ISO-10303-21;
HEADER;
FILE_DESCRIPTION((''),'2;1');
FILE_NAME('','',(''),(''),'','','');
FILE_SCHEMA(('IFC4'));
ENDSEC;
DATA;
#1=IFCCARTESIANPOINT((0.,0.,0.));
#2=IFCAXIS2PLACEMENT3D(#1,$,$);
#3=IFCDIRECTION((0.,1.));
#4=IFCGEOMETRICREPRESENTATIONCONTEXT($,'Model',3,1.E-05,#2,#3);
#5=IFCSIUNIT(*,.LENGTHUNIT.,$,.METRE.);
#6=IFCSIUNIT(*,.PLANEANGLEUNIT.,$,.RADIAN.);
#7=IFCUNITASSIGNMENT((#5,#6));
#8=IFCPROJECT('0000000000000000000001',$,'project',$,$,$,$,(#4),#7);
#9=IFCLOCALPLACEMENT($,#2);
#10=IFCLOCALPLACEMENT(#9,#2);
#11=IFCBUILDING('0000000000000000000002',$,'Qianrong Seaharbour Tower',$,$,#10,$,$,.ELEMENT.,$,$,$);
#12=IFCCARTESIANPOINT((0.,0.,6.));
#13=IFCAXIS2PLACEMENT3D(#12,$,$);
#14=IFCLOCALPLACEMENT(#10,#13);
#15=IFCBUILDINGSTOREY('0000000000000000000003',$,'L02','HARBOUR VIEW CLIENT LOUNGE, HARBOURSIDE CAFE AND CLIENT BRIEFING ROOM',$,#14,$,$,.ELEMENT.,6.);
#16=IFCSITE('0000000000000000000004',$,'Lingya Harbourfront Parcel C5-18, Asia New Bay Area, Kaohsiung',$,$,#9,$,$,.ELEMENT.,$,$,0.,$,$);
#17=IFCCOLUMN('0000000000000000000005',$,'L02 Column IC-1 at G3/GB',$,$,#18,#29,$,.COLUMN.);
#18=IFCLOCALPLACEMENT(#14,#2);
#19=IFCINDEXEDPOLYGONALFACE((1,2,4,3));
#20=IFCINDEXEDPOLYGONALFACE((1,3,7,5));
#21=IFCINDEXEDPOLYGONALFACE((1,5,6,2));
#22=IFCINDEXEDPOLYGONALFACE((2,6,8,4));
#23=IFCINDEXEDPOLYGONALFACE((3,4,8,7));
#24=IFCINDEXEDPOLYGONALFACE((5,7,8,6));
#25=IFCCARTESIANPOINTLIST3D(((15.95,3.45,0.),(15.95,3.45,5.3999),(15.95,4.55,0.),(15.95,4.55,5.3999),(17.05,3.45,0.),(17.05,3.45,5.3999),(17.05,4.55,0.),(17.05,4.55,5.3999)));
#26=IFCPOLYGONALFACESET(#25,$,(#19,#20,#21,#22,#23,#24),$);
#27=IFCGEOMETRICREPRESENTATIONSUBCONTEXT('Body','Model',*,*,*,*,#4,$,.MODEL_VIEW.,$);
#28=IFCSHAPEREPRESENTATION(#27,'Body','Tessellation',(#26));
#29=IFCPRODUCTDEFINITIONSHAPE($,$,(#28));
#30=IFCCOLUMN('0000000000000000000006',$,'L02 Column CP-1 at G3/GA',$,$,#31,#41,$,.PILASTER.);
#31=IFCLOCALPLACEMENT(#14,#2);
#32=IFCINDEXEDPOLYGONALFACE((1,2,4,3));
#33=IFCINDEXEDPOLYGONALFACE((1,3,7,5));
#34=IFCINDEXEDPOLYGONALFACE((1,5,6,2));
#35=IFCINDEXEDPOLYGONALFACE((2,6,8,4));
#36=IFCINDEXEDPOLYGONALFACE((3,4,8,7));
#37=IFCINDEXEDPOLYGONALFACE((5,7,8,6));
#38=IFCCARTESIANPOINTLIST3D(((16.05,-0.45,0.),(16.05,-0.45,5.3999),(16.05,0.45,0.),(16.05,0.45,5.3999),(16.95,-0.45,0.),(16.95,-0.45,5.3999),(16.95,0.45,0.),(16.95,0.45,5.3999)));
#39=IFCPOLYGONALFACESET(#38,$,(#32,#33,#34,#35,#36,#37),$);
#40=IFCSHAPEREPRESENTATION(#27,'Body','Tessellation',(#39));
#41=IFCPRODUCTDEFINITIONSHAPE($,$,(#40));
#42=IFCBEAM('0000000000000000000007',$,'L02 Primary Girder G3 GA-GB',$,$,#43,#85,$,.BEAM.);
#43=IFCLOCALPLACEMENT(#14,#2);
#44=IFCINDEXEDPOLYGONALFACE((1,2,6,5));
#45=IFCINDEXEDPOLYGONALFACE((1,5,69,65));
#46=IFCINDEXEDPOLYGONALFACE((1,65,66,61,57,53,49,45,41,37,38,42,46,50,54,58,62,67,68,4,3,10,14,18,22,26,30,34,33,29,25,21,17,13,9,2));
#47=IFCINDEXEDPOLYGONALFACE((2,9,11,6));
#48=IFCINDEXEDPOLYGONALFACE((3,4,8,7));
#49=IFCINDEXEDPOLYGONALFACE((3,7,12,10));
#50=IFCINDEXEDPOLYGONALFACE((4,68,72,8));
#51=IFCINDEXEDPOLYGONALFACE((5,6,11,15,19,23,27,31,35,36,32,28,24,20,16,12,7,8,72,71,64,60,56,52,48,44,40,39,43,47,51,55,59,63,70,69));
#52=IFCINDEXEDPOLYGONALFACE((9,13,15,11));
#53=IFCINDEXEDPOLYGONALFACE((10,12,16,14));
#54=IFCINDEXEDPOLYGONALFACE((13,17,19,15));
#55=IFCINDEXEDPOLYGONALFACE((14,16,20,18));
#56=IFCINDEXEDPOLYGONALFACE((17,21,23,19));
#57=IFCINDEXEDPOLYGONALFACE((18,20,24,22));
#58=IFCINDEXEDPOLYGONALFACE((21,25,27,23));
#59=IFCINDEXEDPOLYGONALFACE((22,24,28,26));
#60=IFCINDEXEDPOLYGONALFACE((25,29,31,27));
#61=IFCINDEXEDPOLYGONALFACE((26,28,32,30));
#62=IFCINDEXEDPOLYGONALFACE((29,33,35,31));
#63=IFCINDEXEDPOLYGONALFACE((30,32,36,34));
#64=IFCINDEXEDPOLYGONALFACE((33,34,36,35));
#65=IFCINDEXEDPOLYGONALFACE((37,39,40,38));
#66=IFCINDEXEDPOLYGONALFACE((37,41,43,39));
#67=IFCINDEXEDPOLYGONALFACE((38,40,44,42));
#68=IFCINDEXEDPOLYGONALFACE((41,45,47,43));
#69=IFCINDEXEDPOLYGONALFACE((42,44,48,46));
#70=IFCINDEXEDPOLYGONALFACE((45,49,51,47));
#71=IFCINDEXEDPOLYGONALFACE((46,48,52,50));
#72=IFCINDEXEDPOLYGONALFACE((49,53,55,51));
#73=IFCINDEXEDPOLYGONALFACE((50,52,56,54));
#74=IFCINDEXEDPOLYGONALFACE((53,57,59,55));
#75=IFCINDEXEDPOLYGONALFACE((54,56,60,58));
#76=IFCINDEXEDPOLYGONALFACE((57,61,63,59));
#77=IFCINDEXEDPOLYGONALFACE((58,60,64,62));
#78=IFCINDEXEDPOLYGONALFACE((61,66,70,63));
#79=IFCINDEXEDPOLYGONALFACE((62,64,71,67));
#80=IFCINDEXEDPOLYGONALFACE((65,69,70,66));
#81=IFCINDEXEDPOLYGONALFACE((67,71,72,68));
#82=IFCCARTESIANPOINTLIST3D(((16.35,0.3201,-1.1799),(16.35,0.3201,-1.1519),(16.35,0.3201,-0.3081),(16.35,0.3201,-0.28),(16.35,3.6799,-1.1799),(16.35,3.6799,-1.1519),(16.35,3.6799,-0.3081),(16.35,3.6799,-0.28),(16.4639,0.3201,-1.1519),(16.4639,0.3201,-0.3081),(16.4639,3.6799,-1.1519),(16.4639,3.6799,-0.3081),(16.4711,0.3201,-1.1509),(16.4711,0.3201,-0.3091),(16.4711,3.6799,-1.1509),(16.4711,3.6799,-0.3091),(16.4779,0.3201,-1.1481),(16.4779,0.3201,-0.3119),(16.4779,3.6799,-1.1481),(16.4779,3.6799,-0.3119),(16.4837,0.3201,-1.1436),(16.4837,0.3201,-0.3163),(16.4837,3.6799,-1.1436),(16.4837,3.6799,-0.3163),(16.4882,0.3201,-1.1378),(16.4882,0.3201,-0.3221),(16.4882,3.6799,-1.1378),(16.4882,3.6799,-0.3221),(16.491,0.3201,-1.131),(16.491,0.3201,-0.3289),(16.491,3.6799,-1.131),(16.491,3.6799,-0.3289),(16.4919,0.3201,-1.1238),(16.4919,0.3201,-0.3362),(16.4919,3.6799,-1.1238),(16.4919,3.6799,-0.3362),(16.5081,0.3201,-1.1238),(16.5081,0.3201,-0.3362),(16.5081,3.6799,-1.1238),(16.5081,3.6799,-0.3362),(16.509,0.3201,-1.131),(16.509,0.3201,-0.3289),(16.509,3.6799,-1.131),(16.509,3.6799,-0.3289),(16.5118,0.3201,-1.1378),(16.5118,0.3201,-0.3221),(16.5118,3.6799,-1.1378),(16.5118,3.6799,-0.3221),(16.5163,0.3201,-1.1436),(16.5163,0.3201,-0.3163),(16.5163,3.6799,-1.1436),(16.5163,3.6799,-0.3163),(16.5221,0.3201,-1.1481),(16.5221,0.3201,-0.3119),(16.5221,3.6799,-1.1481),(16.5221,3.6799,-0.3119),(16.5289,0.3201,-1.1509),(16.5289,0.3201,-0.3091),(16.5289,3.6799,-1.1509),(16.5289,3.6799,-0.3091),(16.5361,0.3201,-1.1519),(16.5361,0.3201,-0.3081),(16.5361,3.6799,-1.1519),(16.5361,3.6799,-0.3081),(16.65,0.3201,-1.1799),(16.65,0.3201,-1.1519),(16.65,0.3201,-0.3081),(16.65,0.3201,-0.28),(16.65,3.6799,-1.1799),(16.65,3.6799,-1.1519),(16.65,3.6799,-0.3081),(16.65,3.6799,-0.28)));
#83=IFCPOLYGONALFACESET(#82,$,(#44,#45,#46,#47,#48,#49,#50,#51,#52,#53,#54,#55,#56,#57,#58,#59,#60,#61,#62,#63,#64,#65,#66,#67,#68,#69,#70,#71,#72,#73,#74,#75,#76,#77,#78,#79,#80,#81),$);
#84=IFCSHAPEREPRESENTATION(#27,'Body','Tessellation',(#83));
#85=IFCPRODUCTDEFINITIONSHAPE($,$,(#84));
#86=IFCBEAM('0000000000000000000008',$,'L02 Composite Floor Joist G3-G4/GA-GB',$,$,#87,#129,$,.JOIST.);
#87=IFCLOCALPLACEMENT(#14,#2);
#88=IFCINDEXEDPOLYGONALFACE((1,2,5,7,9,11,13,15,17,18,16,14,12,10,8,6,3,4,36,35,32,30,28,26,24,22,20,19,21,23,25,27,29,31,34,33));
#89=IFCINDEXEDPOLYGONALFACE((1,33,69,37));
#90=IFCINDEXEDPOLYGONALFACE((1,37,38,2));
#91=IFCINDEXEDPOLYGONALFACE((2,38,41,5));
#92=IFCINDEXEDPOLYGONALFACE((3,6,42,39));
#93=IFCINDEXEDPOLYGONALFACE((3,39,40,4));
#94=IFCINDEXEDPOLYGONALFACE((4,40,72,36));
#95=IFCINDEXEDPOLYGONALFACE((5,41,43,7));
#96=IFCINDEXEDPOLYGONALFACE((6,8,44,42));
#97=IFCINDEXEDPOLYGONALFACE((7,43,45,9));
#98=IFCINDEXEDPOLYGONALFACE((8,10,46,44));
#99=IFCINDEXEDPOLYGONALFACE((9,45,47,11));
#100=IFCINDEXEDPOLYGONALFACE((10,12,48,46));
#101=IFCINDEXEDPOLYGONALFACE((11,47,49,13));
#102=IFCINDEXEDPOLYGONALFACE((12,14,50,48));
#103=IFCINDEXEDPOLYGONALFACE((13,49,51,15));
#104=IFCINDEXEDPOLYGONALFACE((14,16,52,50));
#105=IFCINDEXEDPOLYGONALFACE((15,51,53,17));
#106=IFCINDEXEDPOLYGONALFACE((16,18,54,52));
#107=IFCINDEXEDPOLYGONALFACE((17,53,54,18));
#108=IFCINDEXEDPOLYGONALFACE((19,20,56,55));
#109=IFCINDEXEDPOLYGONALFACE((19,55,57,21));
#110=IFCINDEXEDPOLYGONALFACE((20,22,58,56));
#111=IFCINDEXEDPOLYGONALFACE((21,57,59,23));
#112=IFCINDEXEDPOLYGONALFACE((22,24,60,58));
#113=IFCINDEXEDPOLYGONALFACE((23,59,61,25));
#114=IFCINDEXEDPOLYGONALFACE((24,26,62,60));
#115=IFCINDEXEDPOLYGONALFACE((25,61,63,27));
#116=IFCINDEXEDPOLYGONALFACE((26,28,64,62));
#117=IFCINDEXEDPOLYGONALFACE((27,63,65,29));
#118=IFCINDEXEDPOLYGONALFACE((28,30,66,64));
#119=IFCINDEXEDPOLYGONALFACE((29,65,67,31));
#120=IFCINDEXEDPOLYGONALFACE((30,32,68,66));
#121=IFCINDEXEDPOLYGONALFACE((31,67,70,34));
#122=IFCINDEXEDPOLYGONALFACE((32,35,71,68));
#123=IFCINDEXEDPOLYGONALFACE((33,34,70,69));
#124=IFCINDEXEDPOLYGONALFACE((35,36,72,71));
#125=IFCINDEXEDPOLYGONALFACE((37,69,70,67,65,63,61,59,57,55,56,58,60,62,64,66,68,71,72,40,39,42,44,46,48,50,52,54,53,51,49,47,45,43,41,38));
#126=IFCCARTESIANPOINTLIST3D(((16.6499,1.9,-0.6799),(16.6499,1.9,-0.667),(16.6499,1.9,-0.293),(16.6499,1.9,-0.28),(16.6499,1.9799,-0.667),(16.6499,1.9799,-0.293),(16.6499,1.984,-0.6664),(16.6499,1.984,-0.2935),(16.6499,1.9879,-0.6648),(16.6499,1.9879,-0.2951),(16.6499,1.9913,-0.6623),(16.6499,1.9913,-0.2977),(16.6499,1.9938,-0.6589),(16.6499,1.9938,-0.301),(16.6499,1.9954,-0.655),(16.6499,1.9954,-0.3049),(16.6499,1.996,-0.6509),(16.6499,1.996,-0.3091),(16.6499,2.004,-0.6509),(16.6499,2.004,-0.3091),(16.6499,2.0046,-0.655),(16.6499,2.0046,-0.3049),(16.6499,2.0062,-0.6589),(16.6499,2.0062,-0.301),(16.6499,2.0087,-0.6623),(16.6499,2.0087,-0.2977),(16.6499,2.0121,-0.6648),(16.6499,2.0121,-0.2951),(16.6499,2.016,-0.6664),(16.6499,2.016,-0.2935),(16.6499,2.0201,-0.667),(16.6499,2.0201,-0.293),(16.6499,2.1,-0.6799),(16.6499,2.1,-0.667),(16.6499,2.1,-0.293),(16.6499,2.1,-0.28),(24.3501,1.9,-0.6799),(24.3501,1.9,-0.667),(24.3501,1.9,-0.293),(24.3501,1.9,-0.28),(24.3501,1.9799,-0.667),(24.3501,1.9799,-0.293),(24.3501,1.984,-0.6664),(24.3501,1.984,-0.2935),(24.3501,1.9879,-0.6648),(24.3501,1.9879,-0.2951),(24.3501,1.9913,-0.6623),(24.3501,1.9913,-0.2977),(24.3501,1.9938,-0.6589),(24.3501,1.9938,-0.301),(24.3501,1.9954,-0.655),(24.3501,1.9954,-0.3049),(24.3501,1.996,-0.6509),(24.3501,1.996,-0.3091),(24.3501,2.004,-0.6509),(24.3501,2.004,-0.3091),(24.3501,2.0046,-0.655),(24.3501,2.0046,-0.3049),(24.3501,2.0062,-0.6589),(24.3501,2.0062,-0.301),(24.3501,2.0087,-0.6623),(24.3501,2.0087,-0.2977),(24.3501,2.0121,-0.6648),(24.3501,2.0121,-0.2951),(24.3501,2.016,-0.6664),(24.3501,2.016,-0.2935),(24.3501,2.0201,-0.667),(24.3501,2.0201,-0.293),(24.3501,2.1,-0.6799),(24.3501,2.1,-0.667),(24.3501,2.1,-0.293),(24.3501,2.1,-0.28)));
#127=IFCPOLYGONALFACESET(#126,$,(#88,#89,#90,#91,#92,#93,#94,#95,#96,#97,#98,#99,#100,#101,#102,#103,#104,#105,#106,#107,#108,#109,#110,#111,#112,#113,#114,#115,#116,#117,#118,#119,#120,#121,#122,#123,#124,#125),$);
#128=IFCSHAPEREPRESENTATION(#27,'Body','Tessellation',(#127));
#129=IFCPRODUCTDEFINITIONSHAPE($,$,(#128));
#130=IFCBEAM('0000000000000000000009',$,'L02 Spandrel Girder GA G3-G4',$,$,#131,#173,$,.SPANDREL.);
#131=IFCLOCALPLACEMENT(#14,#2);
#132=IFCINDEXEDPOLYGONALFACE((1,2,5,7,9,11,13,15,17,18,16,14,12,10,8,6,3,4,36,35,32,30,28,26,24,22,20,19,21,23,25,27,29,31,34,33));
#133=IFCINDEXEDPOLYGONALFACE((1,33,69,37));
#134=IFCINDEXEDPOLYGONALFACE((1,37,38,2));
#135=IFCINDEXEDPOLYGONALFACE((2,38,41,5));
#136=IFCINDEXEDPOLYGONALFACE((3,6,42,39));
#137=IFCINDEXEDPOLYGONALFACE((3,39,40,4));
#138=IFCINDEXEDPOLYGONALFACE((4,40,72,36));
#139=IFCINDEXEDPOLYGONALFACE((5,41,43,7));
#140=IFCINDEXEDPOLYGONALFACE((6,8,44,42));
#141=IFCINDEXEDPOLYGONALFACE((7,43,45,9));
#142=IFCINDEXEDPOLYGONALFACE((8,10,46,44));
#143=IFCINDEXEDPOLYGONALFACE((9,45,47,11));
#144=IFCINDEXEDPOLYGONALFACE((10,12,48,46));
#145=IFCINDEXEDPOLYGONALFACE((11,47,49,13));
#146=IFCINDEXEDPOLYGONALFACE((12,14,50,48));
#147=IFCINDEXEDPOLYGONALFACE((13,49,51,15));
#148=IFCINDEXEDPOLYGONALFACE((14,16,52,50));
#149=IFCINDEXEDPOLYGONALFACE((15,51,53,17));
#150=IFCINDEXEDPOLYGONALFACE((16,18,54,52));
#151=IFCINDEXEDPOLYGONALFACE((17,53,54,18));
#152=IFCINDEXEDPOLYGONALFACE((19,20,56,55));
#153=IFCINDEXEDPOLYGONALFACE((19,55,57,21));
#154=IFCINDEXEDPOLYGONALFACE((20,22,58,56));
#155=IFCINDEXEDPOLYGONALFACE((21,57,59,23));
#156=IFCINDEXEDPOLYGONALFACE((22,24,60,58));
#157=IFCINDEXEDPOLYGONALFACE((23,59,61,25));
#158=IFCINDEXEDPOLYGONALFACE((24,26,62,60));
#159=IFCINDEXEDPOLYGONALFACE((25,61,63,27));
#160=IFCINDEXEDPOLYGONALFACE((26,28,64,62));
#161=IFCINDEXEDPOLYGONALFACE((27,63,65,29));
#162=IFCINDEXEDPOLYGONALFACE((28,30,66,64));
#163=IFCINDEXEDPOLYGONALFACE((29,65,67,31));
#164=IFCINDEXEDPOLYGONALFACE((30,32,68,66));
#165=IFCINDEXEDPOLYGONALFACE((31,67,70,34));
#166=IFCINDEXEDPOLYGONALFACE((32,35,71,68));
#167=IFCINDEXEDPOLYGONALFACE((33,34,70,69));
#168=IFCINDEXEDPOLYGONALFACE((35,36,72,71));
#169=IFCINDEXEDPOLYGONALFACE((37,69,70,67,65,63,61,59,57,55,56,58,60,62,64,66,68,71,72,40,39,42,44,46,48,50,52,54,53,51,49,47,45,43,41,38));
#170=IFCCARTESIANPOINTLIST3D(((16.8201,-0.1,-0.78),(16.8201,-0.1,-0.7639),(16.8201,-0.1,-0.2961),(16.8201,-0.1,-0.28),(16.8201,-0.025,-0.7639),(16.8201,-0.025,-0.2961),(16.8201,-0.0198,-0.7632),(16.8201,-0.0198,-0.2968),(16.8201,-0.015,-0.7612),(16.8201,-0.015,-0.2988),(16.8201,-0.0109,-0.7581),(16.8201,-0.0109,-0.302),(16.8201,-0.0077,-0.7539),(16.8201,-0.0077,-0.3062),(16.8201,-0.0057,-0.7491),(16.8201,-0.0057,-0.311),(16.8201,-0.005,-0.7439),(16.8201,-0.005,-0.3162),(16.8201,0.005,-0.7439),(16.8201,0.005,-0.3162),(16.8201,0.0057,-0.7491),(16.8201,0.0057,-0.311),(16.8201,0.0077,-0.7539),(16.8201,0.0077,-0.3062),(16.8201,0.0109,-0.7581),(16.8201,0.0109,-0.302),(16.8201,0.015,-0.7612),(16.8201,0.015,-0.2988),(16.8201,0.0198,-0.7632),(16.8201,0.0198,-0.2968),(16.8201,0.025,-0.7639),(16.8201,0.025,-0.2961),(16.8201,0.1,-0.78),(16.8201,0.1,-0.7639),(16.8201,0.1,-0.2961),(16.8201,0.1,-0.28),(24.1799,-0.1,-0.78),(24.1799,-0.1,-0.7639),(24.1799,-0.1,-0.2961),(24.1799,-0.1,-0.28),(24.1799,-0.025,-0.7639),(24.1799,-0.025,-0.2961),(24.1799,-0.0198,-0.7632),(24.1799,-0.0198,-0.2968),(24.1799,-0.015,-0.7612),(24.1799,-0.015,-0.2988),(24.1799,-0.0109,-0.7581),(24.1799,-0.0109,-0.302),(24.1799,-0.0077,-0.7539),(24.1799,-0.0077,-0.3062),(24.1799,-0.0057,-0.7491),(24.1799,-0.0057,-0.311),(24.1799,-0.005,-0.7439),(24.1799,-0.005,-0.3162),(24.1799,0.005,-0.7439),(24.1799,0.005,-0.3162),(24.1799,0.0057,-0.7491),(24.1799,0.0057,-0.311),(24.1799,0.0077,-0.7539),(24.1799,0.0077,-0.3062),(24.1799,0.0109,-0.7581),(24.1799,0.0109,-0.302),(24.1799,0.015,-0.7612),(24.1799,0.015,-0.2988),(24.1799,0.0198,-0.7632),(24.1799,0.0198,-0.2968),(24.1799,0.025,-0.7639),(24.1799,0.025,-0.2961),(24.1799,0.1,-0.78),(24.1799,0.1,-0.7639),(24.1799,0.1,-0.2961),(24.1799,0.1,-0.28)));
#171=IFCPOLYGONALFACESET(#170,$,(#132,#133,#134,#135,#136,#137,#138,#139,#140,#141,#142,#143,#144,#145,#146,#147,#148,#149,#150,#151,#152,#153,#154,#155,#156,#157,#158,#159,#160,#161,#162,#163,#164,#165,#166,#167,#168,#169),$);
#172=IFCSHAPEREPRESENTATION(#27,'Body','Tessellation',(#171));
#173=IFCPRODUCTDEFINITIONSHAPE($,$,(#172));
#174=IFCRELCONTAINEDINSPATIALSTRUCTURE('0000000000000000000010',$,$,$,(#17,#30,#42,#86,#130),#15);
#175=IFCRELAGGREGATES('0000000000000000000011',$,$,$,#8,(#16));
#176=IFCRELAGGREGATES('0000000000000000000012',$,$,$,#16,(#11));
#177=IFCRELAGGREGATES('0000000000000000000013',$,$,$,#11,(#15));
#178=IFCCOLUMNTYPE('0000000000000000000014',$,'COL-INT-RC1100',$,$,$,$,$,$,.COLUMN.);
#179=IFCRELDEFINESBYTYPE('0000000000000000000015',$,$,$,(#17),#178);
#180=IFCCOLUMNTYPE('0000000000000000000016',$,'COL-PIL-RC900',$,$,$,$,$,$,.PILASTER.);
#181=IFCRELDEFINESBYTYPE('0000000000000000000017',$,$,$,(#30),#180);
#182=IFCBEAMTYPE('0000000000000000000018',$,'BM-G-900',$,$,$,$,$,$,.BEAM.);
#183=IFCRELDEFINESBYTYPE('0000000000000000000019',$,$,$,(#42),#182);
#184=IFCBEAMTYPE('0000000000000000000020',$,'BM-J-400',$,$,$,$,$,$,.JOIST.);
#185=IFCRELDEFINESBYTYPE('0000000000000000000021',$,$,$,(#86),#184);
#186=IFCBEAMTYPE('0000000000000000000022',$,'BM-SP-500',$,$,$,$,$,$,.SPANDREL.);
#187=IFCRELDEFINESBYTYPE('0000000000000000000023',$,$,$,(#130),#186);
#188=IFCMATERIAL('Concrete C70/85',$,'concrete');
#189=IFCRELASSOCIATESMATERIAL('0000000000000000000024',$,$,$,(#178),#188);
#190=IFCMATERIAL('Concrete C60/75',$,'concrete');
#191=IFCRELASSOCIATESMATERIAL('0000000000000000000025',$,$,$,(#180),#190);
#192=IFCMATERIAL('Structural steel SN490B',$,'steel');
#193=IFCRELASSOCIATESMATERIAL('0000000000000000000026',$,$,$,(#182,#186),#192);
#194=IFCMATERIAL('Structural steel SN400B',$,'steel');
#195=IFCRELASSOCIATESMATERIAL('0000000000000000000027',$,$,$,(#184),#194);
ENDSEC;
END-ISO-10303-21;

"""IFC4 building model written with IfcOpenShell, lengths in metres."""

from ifc_helpers import new_model, si_unit, direction, frame, origin, origin_2d, place, context, subcontext, project, spatial, rectangle, i_section, extrude, material, material_profile, profile_set, type_object, element, save


model = new_model("IFC4")

# Units and contexts
model_context = context("Model", 3, precision=1e-05, world=origin(), true_north=direction((0.0, 1.0)))
body_context = subcontext(model_context, "Body", "Model", "MODEL_VIEW")
ifc_project = project(units=[si_unit("LENGTHUNIT", "METRE"), si_unit("PLANEANGLEUNIT", "RADIAN")], contexts=[model_context])

# Site, building, storey
site_placement = place(None, origin())
site = spatial("IfcSite", under=ifc_project, at=site_placement, Name="Lingya Harbourfront Parcel C5-18, Asia New Bay Area, Kaohsiung", CompositionType="ELEMENT", RefElevation=0.0)
building_placement = place(site_placement, origin())
building = spatial("IfcBuilding", under=site, at=building_placement, Name="Qianrong Seaharbour Tower", CompositionType="ELEMENT")
storey_placement = place(building_placement, frame((0.0, 0.0, 6.0)))
storey = spatial("IfcBuildingStorey", under=building, at=storey_placement, Name="L02", Description="HARBOUR VIEW CLIENT LOUNGE, HARBOURSIDE CAFE AND CLIENT BRIEFING ROOM", CompositionType="ELEMENT", Elevation=6.0)

# Columns
ifc_material_1 = material(Name="Concrete C70/85", Category="concrete")
ifc_material_profile_1 = material_profile(ifc_material_1, rectangle(XDim=1.1001, YDim=1.1001, at=origin_2d()), Name="RC1100x1100")
ifc_profile_set_1 = profile_set([ifc_material_profile_1], Name="Concrete C70/85")
column_type_1 = type_object("IfcColumnType", Name="COL-INT-RC1100", PredefinedType="COLUMN", material=ifc_profile_set_1)
column_1_placement = place(storey_placement, frame((16.5, 4.0, 0.0), z_axis=(0.0, 0.0, 1.0), x_axis=(1.0, 0.0, 0.0)))
element("IfcColumn", 1, at=column_1_placement, inside=storey, type_object=column_type_1, Name="L02 Column IC-1 at G3/GB", PredefinedType="COLUMN", context=body_context, shape_type="SweptSolid", body=[
    extrude(rectangle(XDim=1.1001, YDim=1.1001, at=origin_2d()), origin(), (0.0, 0.0, 1.0), 5.3999),
])
ifc_material_2 = material(Name="Concrete C60/75", Category="concrete")
ifc_material_profile_2 = material_profile(ifc_material_2, rectangle(XDim=0.8999, YDim=0.8999, at=origin_2d()), Name="RC900x900")
ifc_profile_set_2 = profile_set([ifc_material_profile_2], Name="Concrete C60/75")
column_type_2 = type_object("IfcColumnType", Name="COL-PIL-RC900", PredefinedType="PILASTER", material=ifc_profile_set_2)
column_2_placement = place(storey_placement, frame((16.5, 0.0, 0.0), z_axis=(0.0, 0.0, 1.0), x_axis=(1.0, 0.0, 0.0)))
element("IfcColumn", 2, at=column_2_placement, inside=storey, type_object=column_type_2, Name="L02 Column CP-1 at G3/GA", PredefinedType="PILASTER", context=body_context, shape_type="SweptSolid", body=[
    extrude(rectangle(XDim=0.8999, YDim=0.8999, at=origin_2d()), origin(), (0.0, 0.0, 1.0), 5.3999),
])

# Beams
ifc_material_3 = material(Name="Structural steel SN490B", Category="steel")
ifc_material_profile_3 = material_profile(ifc_material_3, i_section(OverallWidth=0.3, OverallDepth=0.8999, WebThickness=0.0161, FlangeThickness=0.0281, FilletRadius=0.0281, at=origin_2d()), Name="H900x300x16x28")
ifc_profile_set_3 = profile_set([ifc_material_profile_3], Name="Structural steel SN490B")
beam_type_1 = type_object("IfcBeamType", Name="BM-G-900", PredefinedType="BEAM", material=ifc_profile_set_3)
beam_1_placement = place(storey_placement, frame((16.5, 0.3201, -0.73), z_axis=(0.0, 1.0, 0.0), x_axis=(-1.0, 0.0, 0.0)))
element("IfcBeam", 3, at=beam_1_placement, inside=storey, type_object=beam_type_1, Name="L02 Primary Girder G3 GA-GB", PredefinedType="BEAM", context=body_context, shape_type="SweptSolid", body=[
    extrude(i_section(OverallWidth=0.3, OverallDepth=0.8999, WebThickness=0.0161, FlangeThickness=0.0281, FilletRadius=0.0281, at=origin_2d()), origin(), (0.0, 0.0, 1.0), 3.3599),
])
ifc_material_4 = material(Name="Structural steel SN400B", Category="steel")
ifc_material_profile_4 = material_profile(ifc_material_4, i_section(OverallWidth=0.2, OverallDepth=0.3999, WebThickness=0.0081, FlangeThickness=0.0129, FilletRadius=0.0161, at=origin_2d()), Name="H400x200x8x13")
ifc_profile_set_4 = profile_set([ifc_material_profile_4], Name="Structural steel SN400B")
beam_type_2 = type_object("IfcBeamType", Name="BM-J-400", PredefinedType="JOIST", material=ifc_profile_set_4)
beam_2_placement = place(storey_placement, frame((16.6499, 2.0, -0.48), z_axis=(1.0, 0.0, 0.0), x_axis=(0.0, 1.0, 0.0)))
element("IfcBeam", 4, at=beam_2_placement, inside=storey, type_object=beam_type_2, Name="L02 Composite Floor Joist G3-G4/GA-GB", PredefinedType="JOIST", context=body_context, shape_type="SweptSolid", body=[
    extrude(i_section(OverallWidth=0.2, OverallDepth=0.3999, WebThickness=0.0081, FlangeThickness=0.0129, FilletRadius=0.0161, at=origin_2d()), origin(), (0.0, 0.0, 1.0), 7.7002),
])
ifc_material_profile_5 = material_profile(ifc_material_3, i_section(OverallWidth=0.2, OverallDepth=0.5, WebThickness=0.01, FlangeThickness=0.0161, FilletRadius=0.02, at=origin_2d()), Name="H500x200x10x16")
ifc_profile_set_5 = profile_set([ifc_material_profile_5], Name="Structural steel SN490B")
beam_type_3 = type_object("IfcBeamType", Name="BM-SP-500", PredefinedType="SPANDREL", material=ifc_profile_set_5)
beam_3_placement = place(storey_placement, frame((16.8201, 0.0, -0.53), z_axis=(1.0, 0.0, 0.0), x_axis=(0.0, 1.0, 0.0)))
element("IfcBeam", 5, at=beam_3_placement, inside=storey, type_object=beam_type_3, Name="L02 Spandrel Girder GA G3-G4", PredefinedType="SPANDREL", context=body_context, shape_type="SweptSolid", body=[
    extrude(i_section(OverallWidth=0.2, OverallDepth=0.5, WebThickness=0.01, FlangeThickness=0.0161, FilletRadius=0.02, at=origin_2d()), origin(), (0.0, 0.0, 1.0), 7.3599),
])

save(model, "model.ifc")
